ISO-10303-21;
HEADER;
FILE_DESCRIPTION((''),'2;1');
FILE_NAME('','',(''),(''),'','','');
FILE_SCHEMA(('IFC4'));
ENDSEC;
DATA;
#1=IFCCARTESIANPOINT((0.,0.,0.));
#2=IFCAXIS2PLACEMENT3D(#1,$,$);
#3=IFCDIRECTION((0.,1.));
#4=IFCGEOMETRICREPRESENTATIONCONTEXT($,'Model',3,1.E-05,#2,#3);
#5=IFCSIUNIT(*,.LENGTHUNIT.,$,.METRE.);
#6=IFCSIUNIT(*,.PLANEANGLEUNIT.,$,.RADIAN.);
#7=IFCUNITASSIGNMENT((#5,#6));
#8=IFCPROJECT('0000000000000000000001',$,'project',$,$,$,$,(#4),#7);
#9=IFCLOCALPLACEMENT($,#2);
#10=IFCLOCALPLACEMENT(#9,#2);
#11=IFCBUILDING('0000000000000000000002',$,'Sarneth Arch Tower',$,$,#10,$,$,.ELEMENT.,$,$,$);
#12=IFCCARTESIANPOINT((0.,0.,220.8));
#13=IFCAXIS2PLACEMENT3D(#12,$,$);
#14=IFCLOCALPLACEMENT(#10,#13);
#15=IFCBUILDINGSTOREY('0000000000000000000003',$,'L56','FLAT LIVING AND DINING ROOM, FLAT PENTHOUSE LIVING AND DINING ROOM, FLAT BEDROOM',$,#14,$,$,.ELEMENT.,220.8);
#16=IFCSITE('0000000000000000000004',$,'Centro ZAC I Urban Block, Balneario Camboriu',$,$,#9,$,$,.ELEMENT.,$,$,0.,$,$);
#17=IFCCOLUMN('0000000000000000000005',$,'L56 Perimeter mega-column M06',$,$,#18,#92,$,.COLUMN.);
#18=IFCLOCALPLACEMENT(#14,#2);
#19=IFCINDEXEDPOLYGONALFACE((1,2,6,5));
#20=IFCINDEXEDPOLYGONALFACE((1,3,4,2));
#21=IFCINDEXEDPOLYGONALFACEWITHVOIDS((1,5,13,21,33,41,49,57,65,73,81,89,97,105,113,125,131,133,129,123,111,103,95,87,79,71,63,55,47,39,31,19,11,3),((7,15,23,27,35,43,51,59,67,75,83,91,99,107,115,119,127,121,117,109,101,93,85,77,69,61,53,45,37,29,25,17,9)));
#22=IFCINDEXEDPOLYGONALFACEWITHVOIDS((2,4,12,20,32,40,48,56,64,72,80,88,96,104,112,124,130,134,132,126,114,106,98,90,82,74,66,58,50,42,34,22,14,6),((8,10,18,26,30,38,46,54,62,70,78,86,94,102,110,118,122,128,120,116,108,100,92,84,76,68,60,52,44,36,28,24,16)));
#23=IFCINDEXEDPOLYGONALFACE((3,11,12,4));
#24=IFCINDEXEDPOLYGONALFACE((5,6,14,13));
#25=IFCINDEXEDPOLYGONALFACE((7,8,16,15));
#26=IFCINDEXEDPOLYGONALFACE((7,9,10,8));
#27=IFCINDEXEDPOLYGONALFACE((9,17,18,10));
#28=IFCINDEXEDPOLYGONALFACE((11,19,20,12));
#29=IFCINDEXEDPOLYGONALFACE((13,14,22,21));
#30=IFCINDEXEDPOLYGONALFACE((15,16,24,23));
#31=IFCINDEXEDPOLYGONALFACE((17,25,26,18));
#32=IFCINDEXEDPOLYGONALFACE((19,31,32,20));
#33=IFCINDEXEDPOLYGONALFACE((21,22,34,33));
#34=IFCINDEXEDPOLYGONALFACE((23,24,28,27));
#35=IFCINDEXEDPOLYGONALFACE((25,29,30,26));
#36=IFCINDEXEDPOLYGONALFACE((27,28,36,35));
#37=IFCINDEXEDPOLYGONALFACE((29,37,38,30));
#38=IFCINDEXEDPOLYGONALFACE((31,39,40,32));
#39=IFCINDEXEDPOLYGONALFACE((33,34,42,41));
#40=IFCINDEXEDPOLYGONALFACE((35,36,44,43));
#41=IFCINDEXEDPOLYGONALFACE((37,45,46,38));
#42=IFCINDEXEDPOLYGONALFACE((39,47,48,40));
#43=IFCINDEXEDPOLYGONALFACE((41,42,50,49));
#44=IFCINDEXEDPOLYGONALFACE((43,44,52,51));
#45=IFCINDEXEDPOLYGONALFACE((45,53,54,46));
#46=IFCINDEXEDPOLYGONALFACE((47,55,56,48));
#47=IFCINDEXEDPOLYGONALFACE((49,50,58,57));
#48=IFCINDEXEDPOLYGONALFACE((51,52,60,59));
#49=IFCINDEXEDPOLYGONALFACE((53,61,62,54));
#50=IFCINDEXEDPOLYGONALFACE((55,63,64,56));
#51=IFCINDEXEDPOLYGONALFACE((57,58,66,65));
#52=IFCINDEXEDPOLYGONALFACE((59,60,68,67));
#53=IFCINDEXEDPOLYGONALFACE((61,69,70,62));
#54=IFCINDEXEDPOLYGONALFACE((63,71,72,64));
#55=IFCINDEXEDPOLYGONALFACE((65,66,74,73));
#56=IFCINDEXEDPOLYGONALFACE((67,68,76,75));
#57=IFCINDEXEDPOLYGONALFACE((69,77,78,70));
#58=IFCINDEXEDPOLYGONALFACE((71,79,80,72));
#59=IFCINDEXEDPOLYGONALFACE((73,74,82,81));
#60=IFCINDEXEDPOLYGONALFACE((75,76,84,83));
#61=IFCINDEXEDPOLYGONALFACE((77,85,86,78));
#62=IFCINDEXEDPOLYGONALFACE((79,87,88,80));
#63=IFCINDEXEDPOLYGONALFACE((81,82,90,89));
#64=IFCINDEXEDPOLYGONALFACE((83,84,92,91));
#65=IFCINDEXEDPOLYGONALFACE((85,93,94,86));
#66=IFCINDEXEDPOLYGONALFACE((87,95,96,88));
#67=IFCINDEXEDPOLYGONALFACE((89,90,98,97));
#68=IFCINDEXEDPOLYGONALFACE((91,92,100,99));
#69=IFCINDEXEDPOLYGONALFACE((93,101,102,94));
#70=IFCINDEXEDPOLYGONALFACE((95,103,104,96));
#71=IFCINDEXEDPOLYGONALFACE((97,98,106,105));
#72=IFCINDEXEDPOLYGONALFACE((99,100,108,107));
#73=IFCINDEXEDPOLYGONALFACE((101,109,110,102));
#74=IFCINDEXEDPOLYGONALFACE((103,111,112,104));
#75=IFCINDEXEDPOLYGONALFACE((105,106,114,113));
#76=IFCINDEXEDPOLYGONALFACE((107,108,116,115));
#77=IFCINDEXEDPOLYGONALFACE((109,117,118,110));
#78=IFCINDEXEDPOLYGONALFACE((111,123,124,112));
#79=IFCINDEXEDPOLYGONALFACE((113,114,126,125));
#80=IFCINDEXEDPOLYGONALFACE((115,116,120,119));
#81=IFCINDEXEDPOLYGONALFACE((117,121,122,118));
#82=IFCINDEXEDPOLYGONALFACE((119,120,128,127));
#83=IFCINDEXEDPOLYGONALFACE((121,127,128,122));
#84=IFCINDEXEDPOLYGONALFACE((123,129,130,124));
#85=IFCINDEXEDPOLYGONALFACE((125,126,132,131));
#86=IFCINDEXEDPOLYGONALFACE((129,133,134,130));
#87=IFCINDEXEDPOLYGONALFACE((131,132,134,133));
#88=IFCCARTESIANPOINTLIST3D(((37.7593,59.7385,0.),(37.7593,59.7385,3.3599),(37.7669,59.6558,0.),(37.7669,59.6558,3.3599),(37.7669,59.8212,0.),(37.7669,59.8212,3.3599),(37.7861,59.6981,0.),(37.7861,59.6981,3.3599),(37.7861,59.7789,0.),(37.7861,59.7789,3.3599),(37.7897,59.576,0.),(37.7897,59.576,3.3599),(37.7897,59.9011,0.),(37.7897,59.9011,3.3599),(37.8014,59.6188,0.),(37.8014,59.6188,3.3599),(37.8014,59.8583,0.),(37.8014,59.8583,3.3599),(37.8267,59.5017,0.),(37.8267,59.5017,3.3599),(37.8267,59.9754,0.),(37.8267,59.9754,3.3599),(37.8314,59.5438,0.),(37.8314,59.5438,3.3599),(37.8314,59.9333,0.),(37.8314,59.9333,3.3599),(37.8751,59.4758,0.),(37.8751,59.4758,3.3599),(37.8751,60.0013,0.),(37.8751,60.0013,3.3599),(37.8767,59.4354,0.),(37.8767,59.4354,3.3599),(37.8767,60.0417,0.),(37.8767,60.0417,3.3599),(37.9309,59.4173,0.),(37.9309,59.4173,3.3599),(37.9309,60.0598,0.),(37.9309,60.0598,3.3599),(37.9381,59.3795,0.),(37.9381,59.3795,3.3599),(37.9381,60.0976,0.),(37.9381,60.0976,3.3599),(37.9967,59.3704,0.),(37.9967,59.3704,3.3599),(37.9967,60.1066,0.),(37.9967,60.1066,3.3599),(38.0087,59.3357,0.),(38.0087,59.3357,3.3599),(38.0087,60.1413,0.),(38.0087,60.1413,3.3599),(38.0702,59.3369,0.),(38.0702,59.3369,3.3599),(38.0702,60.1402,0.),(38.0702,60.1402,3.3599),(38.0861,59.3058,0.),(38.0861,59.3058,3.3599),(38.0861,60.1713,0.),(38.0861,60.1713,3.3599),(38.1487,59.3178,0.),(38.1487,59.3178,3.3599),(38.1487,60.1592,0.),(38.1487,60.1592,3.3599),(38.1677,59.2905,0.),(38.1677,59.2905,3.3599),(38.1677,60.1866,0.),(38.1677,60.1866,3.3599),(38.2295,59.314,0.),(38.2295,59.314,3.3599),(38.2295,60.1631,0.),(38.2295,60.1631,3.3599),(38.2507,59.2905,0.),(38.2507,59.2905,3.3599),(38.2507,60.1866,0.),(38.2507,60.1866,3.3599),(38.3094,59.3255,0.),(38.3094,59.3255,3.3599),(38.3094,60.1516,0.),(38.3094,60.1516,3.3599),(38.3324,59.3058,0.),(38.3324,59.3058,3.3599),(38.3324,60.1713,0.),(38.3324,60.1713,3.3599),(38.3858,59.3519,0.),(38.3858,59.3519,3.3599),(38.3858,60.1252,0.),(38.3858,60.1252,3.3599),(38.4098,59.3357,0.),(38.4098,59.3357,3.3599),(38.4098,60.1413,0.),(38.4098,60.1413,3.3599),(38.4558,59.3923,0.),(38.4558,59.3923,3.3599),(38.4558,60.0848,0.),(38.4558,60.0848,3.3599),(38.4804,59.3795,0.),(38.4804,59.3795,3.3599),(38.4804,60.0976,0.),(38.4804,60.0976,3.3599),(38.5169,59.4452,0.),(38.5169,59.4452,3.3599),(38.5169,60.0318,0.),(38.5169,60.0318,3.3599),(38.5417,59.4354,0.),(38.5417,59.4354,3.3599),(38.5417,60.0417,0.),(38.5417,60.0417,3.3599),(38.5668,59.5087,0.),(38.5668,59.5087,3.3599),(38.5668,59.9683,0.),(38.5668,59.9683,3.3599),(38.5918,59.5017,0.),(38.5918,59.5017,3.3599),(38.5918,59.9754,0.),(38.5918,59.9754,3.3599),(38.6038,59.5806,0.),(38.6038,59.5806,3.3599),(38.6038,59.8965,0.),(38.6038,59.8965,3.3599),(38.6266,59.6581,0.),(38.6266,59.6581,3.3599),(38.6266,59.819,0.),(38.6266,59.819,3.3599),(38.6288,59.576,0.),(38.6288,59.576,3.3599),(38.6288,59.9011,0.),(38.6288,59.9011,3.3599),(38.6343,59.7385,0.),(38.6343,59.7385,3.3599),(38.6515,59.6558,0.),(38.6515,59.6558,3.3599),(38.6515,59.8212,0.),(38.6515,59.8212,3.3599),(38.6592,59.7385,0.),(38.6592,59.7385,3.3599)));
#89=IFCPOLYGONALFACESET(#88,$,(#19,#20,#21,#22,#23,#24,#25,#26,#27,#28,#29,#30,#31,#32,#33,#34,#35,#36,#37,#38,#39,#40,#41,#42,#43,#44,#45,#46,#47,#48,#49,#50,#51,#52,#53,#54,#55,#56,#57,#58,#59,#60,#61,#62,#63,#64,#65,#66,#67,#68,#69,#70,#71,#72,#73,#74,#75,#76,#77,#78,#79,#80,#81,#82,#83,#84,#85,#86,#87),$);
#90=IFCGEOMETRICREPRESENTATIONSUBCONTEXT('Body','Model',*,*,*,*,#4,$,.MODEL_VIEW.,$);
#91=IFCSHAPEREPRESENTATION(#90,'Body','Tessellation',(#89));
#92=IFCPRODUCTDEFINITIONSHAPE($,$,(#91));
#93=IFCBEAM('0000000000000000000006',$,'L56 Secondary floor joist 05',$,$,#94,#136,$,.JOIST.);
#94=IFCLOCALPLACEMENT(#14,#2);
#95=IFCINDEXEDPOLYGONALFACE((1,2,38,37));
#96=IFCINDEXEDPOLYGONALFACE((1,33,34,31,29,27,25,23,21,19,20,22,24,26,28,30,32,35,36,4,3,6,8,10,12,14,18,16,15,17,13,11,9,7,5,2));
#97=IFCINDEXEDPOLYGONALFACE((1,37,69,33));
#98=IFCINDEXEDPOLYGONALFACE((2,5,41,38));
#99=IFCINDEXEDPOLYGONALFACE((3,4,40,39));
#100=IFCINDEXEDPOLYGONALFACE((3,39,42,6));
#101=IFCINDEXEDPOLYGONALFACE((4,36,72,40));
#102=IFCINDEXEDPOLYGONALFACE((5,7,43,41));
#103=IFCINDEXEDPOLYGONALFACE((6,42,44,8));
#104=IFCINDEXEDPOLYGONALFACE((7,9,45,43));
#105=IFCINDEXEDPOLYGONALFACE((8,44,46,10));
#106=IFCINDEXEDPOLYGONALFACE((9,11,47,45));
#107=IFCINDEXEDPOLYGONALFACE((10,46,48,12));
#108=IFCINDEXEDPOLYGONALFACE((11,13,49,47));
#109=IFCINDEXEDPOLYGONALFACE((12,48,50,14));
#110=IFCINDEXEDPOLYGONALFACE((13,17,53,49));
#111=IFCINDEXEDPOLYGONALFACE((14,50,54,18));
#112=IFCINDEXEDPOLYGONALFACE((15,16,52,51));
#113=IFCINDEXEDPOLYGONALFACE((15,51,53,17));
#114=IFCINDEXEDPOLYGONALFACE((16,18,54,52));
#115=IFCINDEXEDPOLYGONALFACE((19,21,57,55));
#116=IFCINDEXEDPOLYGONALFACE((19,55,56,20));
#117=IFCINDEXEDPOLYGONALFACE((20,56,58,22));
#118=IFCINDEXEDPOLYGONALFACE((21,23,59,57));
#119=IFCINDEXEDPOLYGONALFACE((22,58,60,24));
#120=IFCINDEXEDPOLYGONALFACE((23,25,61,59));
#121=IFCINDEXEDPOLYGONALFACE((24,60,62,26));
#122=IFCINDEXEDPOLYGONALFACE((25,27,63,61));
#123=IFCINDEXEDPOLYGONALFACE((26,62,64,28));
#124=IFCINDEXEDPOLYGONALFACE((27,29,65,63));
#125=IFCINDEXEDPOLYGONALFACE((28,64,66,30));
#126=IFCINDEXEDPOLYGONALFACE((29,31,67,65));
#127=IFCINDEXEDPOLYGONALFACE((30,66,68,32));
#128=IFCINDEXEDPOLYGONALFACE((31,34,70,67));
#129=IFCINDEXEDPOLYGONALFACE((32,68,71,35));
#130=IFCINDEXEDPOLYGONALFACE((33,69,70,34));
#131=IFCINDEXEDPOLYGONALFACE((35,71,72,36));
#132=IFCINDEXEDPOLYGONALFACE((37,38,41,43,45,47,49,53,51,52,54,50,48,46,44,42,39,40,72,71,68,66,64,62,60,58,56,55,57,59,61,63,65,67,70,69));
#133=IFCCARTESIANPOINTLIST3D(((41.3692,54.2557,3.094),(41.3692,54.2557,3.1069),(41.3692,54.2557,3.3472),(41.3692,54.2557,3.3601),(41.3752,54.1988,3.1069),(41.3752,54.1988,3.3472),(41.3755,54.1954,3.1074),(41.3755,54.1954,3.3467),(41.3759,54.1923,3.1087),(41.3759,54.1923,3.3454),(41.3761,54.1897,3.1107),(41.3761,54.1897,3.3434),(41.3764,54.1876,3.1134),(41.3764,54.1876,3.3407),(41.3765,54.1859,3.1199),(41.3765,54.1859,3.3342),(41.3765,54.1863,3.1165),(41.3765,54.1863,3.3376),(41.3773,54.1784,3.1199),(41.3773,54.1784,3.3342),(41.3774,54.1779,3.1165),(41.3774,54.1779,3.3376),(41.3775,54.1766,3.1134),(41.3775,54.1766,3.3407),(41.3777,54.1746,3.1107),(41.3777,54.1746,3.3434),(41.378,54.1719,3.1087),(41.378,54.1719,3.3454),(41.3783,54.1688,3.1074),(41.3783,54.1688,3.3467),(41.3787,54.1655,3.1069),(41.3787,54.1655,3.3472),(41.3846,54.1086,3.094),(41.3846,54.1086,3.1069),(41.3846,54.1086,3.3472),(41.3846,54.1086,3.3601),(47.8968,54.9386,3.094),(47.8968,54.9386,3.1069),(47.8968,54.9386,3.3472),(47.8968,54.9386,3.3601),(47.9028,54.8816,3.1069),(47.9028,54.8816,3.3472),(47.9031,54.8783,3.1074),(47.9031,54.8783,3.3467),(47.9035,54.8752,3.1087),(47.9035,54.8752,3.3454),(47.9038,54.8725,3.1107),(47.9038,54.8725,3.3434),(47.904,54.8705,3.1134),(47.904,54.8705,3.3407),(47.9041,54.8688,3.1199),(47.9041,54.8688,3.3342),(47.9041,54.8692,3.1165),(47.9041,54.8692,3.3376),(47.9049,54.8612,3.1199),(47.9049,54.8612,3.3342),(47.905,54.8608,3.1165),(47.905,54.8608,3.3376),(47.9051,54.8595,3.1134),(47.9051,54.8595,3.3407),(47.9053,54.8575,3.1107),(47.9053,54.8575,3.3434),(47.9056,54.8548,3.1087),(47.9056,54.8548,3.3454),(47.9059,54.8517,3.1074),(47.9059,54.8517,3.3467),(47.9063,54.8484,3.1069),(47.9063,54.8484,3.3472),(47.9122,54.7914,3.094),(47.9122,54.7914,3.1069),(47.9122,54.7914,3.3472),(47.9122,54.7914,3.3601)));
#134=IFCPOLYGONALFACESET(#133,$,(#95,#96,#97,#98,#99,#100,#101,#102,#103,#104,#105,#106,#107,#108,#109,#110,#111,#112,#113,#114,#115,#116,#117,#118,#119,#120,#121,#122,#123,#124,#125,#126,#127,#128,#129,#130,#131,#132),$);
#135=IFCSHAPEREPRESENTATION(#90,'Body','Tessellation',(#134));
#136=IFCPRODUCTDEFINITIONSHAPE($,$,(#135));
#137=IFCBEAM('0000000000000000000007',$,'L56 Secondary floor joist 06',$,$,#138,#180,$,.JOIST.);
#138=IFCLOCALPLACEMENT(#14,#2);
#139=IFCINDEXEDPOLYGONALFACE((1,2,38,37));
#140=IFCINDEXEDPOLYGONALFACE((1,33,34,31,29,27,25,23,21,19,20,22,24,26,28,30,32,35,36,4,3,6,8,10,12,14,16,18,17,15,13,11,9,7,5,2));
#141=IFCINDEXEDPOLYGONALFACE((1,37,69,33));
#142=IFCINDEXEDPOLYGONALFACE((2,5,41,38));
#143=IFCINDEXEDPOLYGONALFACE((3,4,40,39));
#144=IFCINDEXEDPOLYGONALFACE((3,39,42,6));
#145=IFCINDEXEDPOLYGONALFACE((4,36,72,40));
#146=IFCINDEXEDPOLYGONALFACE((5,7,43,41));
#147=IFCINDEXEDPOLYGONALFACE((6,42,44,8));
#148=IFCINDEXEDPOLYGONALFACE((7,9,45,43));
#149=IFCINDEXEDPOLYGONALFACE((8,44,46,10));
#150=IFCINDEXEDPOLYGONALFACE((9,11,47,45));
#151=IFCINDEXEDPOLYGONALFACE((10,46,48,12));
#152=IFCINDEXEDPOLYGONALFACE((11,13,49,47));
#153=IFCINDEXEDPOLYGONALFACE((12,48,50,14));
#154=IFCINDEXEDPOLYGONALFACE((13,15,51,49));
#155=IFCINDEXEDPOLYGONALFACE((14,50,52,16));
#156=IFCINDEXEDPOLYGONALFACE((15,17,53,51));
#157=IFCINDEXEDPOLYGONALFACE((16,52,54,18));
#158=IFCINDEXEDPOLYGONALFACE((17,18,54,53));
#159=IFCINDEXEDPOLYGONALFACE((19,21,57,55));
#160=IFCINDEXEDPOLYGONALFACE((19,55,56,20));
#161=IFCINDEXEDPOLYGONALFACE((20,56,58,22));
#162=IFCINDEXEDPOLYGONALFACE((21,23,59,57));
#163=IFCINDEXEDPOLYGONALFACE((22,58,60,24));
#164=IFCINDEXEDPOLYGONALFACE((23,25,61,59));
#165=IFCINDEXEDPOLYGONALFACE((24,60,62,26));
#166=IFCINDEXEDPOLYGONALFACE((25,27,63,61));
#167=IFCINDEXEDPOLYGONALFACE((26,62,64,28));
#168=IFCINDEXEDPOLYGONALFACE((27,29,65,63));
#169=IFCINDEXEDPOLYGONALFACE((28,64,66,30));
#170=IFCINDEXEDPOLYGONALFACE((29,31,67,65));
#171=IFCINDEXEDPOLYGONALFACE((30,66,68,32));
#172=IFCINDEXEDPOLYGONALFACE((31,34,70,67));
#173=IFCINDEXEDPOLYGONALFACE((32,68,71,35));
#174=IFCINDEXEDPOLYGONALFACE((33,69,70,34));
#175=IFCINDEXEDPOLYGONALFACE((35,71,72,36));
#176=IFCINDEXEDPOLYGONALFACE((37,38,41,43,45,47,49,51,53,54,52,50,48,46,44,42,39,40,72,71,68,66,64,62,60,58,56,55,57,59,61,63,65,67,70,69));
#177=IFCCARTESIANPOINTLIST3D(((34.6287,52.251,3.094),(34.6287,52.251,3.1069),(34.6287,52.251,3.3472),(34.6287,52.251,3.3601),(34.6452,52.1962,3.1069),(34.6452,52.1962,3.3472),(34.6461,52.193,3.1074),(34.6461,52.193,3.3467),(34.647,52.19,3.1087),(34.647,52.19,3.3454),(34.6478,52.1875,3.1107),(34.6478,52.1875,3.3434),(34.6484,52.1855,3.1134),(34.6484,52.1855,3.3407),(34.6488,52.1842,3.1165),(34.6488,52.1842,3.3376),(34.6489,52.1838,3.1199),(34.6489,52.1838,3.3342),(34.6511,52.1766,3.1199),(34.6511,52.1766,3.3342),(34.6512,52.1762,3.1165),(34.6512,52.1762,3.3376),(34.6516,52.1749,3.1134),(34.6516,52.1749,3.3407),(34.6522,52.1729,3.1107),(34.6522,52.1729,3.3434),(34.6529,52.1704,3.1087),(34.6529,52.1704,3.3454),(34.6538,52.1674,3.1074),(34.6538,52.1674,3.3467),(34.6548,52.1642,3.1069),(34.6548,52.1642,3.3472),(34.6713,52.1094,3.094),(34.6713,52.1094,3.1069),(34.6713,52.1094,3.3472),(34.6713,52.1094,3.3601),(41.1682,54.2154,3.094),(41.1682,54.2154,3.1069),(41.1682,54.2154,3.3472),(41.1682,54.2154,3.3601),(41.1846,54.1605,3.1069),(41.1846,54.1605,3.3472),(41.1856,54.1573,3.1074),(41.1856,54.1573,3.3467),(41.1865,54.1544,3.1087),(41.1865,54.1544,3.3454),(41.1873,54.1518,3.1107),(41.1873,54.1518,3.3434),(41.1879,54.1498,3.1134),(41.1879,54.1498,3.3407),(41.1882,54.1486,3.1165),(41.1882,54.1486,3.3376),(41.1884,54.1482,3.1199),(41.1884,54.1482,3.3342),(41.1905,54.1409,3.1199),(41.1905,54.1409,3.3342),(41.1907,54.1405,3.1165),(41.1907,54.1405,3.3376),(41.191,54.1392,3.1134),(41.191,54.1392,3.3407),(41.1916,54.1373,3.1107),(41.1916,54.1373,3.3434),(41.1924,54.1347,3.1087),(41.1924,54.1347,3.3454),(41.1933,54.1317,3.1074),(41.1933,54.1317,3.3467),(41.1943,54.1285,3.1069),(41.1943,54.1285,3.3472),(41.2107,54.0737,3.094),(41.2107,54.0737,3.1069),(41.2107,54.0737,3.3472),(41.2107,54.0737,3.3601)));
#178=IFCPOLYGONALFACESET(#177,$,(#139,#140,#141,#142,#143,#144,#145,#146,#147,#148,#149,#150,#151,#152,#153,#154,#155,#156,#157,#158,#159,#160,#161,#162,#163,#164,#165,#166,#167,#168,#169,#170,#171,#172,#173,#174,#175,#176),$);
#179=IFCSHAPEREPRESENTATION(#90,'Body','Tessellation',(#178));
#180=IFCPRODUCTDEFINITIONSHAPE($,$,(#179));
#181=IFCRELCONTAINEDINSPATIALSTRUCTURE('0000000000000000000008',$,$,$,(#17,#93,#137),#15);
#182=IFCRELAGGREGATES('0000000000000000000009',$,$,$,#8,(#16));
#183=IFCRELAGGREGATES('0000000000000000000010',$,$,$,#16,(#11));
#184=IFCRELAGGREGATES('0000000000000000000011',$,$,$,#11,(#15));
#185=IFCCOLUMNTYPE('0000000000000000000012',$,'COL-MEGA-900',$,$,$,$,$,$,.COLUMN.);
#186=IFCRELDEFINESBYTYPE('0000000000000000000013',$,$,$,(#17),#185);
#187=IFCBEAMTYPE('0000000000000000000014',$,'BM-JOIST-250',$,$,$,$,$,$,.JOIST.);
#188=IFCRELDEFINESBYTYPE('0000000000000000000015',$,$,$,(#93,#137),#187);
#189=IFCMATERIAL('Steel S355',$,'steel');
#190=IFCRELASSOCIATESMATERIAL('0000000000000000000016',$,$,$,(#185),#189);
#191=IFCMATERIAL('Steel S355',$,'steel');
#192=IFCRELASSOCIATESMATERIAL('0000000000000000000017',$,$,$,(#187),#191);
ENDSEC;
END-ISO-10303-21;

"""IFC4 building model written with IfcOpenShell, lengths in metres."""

from ifc_helpers import new_model, si_unit, direction, frame, origin, origin_2d, place, context, subcontext, project, spatial, hollow_circle, i_section, extrude, material, material_profile, profile_set, type_object, element, save


model = new_model("IFC4")

# Units and contexts
model_context = context("Model", 3, precision=1e-05, world=origin(), true_north=direction((0.0, 1.0)))
body_context = subcontext(model_context, "Body", "Model", "MODEL_VIEW")
ifc_project = project(units=[si_unit("LENGTHUNIT", "METRE"), si_unit("PLANEANGLEUNIT", "RADIAN")], contexts=[model_context])

# Site, building, storey
site_placement = place(None, origin())
site = spatial("IfcSite", under=ifc_project, at=site_placement, Name="Centro ZAC I Urban Block, Balneario Camboriu", CompositionType="ELEMENT", RefElevation=0.0)
building_placement = place(site_placement, origin())
building = spatial("IfcBuilding", under=site, at=building_placement, Name="Sarneth Arch Tower", CompositionType="ELEMENT")
storey_placement = place(building_placement, frame((0.0, 0.0, 220.8)))
storey = spatial("IfcBuildingStorey", under=building, at=storey_placement, Name="L56", Description="FLAT LIVING AND DINING ROOM, FLAT PENTHOUSE LIVING AND DINING ROOM, FLAT BEDROOM", CompositionType="ELEMENT", Elevation=220.8)

# Column
ifc_material_1 = material(Name="Steel S355", Category="steel")
ifc_material_profile_1 = material_profile(ifc_material_1, hollow_circle(Radius=0.45, WallThickness=0.0249, at=origin_2d()), Name="CHS900x25")
ifc_profile_set_1 = profile_set([ifc_material_profile_1], Name="Steel S355")
column_type = type_object("IfcColumnType", Name="COL-MEGA-900", PredefinedType="COLUMN", material=ifc_profile_set_1)
column_placement = place(storey_placement, frame((38.2092, 59.7385, 0.0), z_axis=(0.0, 0.0, 1.0), x_axis=(1.0, 0.0, 0.0)))
element("IfcColumn", 1, at=column_placement, inside=storey, type_object=column_type, Name="L56 Perimeter mega-column M06", PredefinedType="COLUMN", context=body_context, shape_type="SweptSolid", body=[
    extrude(hollow_circle(Radius=0.45, WallThickness=0.0249, at=origin_2d()), origin(), (0.0, 0.0, 1.0), 3.3599),
])

# Beams
ifc_material_2 = material(Name="Steel S355", Category="steel")
ifc_material_profile_2 = material_profile(ifc_material_2, i_section(OverallWidth=0.1479, OverallDepth=0.2661, WebThickness=0.0076, FlangeThickness=0.0129, FilletRadius=0.0129, at=origin_2d()), Name="W250x44.8")
ifc_profile_set_2 = profile_set([ifc_material_profile_2], Name="Steel S355")
beam_type_1 = type_object("IfcBeamType", Name="BM-JOIST-250", PredefinedType="JOIST", material=ifc_profile_set_2)
beam_1_placement = place(storey_placement, frame((47.9045, 54.865, 3.2271), z_axis=(-0.994573, -0.104044, 0.0), x_axis=(0.104044, -0.994573, 0.0)))
element("IfcBeam", 2, at=beam_1_placement, inside=storey, type_object=beam_type_1, Name="L56 Secondary floor joist 05", PredefinedType="JOIST", context=body_context, shape_type="SweptSolid", body=[
    extrude(i_section(OverallWidth=0.1479, OverallDepth=0.2661, WebThickness=0.0076, FlangeThickness=0.0129, FilletRadius=0.0129, at=origin_2d()), origin(), (0.0, 0.0, 1.0), 6.5632),
])
beam_2_placement = place(storey_placement, frame((41.1895, 54.1445, 3.2271), z_axis=(-0.957726, -0.287682, 0.0), x_axis=(0.287682, -0.957726, 0.0)))
element("IfcBeam", 3, at=beam_2_placement, inside=storey, type_object=beam_type_1, Name="L56 Secondary floor joist 06", PredefinedType="JOIST", context=body_context, shape_type="SweptSolid", body=[
    extrude(i_section(OverallWidth=0.1479, OverallDepth=0.2661, WebThickness=0.0076, FlangeThickness=0.0129, FilletRadius=0.0129, at=origin_2d()), origin(), (0.0, 0.0, 1.0), 6.8281),
])

save(model, "model.ifc")
